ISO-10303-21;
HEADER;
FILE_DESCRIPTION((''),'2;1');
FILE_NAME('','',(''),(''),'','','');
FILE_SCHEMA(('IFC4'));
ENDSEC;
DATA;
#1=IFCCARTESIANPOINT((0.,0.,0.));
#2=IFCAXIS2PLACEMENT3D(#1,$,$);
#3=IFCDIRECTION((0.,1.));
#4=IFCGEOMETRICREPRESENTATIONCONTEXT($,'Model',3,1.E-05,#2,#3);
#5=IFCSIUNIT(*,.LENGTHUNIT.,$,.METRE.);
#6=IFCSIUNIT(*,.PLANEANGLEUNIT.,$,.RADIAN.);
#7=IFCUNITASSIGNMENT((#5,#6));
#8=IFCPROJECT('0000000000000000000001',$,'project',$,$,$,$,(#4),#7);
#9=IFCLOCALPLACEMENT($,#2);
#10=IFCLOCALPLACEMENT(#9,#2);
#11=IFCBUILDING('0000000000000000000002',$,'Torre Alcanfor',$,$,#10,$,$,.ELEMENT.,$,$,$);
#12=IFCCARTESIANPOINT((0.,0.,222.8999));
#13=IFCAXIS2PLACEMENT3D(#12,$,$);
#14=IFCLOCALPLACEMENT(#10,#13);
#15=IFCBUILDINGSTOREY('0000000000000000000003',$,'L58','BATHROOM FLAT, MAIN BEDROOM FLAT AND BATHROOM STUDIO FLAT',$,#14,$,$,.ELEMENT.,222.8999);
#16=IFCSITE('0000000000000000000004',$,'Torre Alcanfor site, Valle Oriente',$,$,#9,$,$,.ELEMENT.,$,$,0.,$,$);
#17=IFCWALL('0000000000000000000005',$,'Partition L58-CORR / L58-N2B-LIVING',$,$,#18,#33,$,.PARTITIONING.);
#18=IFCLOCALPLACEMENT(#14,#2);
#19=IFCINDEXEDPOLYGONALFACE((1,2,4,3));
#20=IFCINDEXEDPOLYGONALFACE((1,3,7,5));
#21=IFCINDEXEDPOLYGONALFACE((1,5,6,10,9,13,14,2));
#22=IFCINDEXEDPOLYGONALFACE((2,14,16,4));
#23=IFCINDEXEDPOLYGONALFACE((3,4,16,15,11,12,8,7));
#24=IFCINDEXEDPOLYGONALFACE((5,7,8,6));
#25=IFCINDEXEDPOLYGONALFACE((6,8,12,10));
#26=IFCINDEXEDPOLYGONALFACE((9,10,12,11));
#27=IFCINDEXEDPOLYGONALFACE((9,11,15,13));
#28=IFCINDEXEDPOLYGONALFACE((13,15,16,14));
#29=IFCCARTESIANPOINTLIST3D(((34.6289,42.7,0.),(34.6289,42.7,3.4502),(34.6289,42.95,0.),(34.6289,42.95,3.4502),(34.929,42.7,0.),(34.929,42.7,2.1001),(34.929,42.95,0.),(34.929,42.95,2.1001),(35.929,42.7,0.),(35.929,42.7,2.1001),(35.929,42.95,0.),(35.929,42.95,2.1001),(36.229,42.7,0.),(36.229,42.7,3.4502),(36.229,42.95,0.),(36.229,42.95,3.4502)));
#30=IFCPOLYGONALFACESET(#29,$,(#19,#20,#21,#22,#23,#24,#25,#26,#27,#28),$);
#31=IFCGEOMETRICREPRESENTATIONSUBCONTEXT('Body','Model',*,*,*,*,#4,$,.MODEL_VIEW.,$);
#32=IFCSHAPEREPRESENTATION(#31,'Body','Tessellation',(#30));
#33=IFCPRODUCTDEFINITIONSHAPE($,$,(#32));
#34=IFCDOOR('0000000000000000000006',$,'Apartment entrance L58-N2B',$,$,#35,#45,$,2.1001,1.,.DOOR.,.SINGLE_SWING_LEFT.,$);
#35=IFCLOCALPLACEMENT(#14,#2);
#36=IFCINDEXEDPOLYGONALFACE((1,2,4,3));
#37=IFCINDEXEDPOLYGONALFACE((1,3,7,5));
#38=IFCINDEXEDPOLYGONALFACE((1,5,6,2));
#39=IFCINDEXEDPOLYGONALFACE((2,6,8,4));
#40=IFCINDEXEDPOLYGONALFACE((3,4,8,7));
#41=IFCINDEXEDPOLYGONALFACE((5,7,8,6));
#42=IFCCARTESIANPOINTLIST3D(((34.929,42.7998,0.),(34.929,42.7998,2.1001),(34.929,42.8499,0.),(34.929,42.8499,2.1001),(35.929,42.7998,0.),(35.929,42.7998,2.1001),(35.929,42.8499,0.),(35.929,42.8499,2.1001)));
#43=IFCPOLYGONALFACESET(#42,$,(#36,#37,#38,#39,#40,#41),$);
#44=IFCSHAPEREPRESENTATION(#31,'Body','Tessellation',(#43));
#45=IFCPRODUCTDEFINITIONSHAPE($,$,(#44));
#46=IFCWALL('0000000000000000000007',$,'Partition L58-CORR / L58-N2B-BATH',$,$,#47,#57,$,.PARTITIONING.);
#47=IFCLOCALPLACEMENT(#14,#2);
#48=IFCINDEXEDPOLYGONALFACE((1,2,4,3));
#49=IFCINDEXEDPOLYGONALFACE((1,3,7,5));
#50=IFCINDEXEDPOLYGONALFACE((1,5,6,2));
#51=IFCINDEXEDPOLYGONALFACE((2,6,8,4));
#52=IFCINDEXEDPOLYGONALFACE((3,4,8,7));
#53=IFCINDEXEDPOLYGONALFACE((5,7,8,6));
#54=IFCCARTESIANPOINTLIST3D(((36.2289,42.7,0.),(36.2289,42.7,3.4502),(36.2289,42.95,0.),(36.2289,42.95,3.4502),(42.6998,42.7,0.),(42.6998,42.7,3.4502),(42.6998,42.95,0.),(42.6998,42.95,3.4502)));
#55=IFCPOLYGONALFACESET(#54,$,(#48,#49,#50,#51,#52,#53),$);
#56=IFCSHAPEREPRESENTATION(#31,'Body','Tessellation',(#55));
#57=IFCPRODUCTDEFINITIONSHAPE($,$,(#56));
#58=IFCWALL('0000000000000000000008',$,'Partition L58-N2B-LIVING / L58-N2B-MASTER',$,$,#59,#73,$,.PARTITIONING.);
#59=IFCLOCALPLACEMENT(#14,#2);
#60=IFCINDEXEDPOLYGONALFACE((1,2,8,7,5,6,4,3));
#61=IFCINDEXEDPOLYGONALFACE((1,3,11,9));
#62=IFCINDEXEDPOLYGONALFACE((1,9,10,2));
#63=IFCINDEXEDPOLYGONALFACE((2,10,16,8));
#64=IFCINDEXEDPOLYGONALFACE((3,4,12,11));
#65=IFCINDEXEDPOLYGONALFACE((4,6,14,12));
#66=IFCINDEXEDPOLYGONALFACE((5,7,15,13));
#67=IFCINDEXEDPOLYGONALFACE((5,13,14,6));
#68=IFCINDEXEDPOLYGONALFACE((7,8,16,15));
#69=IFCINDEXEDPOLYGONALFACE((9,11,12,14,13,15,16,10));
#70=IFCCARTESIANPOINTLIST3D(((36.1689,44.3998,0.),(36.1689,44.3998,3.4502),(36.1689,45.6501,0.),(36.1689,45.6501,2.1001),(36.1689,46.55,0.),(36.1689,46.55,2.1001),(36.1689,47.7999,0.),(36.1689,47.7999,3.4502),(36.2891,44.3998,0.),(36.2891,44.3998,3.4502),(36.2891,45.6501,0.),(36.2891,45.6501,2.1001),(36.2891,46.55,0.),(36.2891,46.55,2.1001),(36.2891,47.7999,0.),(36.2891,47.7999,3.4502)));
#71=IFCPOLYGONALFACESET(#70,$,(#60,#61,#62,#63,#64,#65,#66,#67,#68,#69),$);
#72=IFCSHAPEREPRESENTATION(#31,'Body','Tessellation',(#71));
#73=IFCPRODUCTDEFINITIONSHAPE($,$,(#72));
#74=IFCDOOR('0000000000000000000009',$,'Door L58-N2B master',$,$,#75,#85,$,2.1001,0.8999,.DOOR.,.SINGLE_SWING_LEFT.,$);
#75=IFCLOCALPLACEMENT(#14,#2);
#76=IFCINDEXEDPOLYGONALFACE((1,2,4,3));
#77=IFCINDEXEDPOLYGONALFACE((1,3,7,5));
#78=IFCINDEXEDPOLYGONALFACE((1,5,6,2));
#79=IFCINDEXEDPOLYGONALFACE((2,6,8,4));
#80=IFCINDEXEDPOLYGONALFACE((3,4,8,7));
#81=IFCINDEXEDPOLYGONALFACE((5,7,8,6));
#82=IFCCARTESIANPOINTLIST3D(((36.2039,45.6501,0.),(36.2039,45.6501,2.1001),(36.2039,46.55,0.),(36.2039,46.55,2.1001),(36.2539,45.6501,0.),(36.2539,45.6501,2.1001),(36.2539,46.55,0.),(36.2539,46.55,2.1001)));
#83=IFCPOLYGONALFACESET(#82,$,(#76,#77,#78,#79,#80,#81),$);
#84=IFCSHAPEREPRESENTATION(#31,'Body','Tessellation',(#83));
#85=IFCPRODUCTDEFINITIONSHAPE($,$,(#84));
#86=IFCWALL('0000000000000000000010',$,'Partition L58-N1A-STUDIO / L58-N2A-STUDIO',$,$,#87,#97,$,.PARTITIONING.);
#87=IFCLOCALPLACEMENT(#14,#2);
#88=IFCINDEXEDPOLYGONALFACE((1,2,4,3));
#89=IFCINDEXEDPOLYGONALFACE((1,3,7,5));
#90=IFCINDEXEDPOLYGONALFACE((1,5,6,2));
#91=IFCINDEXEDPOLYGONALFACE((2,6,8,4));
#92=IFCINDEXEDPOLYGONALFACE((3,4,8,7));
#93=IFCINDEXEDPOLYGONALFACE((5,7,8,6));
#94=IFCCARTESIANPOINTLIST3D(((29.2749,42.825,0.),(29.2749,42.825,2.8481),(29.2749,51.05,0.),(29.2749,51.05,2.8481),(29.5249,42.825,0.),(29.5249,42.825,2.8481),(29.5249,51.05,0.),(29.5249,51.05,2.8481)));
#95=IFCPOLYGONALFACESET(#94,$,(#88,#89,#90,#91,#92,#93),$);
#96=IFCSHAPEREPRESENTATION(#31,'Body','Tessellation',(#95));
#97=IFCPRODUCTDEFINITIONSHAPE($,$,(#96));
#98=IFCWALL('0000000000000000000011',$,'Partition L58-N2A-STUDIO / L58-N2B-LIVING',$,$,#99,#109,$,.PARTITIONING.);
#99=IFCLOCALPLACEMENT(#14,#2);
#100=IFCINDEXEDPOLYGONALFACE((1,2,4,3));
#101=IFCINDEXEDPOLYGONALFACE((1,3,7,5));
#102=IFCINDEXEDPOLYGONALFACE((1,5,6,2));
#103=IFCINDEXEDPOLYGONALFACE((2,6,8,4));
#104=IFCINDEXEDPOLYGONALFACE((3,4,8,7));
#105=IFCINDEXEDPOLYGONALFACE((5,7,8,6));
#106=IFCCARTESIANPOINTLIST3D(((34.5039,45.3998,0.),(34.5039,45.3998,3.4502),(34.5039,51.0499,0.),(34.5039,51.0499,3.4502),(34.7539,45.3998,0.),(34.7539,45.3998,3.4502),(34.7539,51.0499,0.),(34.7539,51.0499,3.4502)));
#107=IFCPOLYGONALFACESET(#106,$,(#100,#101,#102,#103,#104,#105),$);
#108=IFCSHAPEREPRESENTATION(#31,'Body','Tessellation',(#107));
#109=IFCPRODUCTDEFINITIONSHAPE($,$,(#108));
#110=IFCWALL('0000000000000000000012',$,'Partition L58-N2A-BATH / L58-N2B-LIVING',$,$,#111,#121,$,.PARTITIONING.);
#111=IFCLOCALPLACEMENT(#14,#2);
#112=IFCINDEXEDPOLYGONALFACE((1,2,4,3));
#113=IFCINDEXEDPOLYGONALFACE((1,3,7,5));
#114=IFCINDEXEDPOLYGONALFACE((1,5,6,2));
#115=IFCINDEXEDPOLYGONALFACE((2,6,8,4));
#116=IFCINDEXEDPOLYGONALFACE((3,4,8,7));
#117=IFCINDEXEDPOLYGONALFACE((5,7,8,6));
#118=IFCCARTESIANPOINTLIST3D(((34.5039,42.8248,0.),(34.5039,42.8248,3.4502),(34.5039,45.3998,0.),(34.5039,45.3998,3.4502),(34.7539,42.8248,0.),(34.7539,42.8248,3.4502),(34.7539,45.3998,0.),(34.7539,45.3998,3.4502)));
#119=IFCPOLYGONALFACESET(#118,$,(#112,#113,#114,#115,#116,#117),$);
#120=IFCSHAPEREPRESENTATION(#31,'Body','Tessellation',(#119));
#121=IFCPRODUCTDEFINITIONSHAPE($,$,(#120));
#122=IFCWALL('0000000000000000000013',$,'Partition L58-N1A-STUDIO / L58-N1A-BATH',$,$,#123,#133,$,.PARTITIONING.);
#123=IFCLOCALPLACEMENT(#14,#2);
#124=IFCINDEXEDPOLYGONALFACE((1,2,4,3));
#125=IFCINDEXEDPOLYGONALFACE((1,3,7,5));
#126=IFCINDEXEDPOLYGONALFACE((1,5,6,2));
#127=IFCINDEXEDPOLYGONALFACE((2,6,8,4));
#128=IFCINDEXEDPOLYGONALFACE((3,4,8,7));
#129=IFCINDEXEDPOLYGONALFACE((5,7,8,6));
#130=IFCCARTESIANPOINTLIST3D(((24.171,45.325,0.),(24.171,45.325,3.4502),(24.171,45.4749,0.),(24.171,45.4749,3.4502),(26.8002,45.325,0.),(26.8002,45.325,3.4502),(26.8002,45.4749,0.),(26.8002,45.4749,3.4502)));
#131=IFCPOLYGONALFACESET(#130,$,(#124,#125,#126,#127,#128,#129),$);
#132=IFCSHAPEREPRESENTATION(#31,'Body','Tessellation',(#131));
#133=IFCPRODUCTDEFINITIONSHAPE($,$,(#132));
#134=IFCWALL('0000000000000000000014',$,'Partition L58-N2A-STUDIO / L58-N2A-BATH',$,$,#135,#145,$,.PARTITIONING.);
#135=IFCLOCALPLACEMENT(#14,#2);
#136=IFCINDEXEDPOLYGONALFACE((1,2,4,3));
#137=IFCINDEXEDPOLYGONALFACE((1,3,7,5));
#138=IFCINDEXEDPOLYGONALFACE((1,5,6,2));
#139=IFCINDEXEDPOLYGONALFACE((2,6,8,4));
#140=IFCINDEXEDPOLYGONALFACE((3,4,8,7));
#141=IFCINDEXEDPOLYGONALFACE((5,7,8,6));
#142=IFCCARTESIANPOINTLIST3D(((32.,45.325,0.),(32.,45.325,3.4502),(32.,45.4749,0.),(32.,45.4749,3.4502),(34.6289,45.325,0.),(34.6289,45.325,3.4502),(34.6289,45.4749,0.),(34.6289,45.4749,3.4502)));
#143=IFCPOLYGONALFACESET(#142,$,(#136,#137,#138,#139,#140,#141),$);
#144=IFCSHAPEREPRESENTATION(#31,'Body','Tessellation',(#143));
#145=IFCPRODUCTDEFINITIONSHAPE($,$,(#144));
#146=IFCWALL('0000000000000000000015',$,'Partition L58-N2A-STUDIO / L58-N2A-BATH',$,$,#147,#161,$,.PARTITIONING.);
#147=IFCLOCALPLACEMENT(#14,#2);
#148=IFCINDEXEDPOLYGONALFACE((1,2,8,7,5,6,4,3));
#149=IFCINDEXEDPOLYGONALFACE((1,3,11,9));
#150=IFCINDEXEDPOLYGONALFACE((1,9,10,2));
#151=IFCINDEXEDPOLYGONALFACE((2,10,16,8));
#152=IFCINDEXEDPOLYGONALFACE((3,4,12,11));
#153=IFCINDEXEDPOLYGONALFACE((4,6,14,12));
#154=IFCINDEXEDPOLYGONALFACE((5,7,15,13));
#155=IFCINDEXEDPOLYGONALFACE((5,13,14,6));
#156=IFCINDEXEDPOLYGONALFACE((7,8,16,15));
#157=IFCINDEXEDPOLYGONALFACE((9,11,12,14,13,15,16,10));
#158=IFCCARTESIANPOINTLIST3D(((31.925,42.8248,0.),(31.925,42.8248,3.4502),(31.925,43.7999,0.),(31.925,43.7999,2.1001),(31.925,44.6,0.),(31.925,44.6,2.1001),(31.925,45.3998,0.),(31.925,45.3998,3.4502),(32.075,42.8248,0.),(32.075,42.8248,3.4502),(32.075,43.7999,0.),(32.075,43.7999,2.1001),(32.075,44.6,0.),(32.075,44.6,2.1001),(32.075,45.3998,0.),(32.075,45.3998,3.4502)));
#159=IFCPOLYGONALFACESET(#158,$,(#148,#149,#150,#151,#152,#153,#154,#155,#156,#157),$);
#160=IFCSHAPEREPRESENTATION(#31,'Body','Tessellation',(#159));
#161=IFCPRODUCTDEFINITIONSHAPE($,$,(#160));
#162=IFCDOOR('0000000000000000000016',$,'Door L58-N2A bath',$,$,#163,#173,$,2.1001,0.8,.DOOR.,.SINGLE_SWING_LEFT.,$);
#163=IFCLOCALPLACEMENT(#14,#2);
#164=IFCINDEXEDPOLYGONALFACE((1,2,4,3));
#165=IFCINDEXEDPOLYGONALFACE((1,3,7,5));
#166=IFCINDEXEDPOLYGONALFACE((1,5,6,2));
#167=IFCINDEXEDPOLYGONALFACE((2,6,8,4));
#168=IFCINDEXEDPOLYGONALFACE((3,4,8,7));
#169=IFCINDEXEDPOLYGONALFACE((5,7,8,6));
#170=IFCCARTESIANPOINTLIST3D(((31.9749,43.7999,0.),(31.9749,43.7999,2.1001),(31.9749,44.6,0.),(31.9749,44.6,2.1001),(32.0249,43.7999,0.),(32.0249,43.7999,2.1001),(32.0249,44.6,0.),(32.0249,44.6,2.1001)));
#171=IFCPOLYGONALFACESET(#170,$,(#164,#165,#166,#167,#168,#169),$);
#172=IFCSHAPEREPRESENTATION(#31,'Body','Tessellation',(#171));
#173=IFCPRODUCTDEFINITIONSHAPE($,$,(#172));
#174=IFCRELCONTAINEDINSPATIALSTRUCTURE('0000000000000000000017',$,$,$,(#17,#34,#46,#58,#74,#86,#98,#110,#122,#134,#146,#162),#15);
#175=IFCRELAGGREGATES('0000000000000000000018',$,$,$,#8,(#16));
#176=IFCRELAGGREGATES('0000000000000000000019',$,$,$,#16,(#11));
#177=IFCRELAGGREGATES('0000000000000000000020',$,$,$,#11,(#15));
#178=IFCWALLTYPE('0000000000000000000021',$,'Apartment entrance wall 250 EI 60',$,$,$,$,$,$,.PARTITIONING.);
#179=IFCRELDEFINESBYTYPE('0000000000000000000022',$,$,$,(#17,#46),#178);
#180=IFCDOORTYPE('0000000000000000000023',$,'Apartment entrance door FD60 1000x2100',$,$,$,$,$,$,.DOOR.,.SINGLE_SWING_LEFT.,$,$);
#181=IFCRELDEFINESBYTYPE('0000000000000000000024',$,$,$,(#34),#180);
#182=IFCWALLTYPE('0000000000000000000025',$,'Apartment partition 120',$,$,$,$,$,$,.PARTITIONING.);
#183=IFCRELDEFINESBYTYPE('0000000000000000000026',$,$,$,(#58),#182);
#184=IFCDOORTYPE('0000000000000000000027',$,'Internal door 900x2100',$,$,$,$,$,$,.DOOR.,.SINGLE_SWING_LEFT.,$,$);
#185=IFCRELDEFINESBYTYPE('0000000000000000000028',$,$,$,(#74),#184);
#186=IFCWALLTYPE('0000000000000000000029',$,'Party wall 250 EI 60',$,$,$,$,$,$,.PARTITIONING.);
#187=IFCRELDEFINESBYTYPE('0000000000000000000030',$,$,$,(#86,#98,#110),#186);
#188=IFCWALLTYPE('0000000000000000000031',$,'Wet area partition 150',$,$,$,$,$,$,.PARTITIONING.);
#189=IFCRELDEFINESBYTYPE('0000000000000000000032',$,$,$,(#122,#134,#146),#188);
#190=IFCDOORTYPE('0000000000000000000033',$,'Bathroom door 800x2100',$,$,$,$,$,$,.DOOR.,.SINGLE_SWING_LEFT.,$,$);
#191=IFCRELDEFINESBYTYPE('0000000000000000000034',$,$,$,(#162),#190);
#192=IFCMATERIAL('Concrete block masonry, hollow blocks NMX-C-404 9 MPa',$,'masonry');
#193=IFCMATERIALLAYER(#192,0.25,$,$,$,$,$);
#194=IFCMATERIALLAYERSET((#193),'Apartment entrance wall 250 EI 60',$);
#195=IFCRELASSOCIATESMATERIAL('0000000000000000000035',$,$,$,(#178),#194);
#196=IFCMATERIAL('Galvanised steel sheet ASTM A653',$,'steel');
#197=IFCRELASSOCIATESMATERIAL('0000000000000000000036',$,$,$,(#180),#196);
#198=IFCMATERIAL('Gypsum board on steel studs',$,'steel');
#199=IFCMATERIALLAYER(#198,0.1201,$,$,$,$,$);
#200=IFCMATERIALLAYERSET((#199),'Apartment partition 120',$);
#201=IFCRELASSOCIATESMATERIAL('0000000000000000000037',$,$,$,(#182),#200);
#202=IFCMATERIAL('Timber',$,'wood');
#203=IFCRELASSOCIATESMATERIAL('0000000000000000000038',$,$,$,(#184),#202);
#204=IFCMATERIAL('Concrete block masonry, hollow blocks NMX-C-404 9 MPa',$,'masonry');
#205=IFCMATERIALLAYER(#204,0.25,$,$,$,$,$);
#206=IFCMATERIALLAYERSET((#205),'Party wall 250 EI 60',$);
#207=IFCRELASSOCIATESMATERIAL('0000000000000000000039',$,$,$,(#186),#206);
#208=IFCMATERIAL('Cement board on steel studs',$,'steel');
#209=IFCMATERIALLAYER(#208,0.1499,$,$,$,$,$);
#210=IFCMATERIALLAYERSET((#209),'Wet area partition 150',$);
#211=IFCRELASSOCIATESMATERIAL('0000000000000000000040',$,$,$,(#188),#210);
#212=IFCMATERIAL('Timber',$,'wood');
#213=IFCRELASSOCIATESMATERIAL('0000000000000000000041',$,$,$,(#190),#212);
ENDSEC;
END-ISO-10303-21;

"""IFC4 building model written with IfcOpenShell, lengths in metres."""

from ifc_helpers import new_model, si_unit, direction, frame, frame_2d, origin, place, context, subcontext, project, spatial, rectangle, extrude, material, layer, layer_set, type_object, element, fill, save


model = new_model("IFC4")

# Units and contexts
model_context = context("Model", 3, precision=1e-05, world=origin(), true_north=direction((0.0, 1.0)))
body_context = subcontext(model_context, "Body", "Model", "MODEL_VIEW")
ifc_project = project(units=[si_unit("LENGTHUNIT", "METRE"), si_unit("PLANEANGLEUNIT", "RADIAN")], contexts=[model_context])

# Site, building, storey
site_placement = place(None, origin())
site = spatial("IfcSite", under=ifc_project, at=site_placement, Name="Torre Alcanfor site, Valle Oriente", CompositionType="ELEMENT", RefElevation=0.0)
building_placement = place(site_placement, origin())
building = spatial("IfcBuilding", under=site, at=building_placement, Name="Torre Alcanfor", CompositionType="ELEMENT")
storey_placement = place(building_placement, frame((0.0, 0.0, 222.8999)))
storey = spatial("IfcBuildingStorey", under=building, at=storey_placement, Name="L58", Description="BATHROOM FLAT, MAIN BEDROOM FLAT AND BATHROOM STUDIO FLAT", CompositionType="ELEMENT", Elevation=222.8999)

# Shared definitions
ifc_material_1 = material(Name="Concrete block masonry, hollow blocks NMX-C-404 9 MPa", Category="masonry")
ifc_layer_1 = layer(ifc_material_1, 0.25)
ifc_layer_set_1 = layer_set([ifc_layer_1], Name="Apartment entrance wall 250 EI 60")
wall_type_1 = type_object("IfcWallType", Name="Apartment entrance wall 250 EI 60", PredefinedType="PARTITIONING", material=ifc_layer_set_1)

# Wall, opening, door
wall_1_placement = place(storey_placement, frame((34.6289, 42.825, 0.0), z_axis=(0.0, 0.0, 1.0), x_axis=(1.0, 0.0, 0.0)))
wall_1 = element("IfcWall", 1, at=wall_1_placement, inside=storey, type_object=wall_type_1, Name="Partition L58-CORR / L58-N2B-LIVING", PredefinedType="PARTITIONING", context=body_context, shape_type="SweptSolid", body=[
    extrude(rectangle(XDim=1.6001, YDim=0.25, at=frame_2d((0.8, 0.0))), origin(), (0.0, 0.0, 1.0), 3.4502),
])
opening_1_placement = place(wall_1_placement, frame((0.3, 0.0, 0.0)))
opening_1 = element("IfcOpeningElement", 2, at=opening_1_placement, cuts=wall_1, PredefinedType="OPENING", context=body_context, shape_type="SweptSolid", body=[
    extrude(rectangle(XDim=1.0, YDim=2.1001, at=frame_2d((0.5, 1.05))), frame((0.0, 0.135, 0.0), z_axis=(0.0, -1.0, 0.0), x_axis=(1.0, 0.0, 0.0)), (0.0, 0.0, 1.0), 0.27),
])
ifc_material_2 = material(Name="Galvanised steel sheet ASTM A653", Category="steel")
door_type_1 = type_object("IfcDoorType", Name="Apartment entrance door FD60 1000x2100", OperationType="SINGLE_SWING_LEFT", PredefinedType="DOOR", material=ifc_material_2)
door_1_placement = place(opening_1_placement, origin())
door_1 = element("IfcDoor", 3, at=door_1_placement, inside=storey, type_object=door_type_1, Name="Apartment entrance L58-N2B", OperationType="SINGLE_SWING_LEFT", OverallHeight=2.1001, OverallWidth=1.0, PredefinedType="DOOR", context=body_context, shape_type="SweptSolid", body=[
    extrude(rectangle(XDim=1.0, YDim=2.1001, at=frame_2d((0.5, 1.05))), frame((0.0, 0.0249, 0.0), z_axis=(0.0, -1.0, 0.0), x_axis=(1.0, 0.0, 0.0)), (0.0, 0.0, 1.0), 0.05),
])
fill(opening_1, door_1)

# Wall
wall_2_placement = place(storey_placement, frame((36.229, 42.825, 0.0), z_axis=(0.0, 0.0, 1.0), x_axis=(1.0, 0.0, 0.0)))
element("IfcWall", 4, at=wall_2_placement, inside=storey, type_object=wall_type_1, Name="Partition L58-CORR / L58-N2B-BATH", PredefinedType="PARTITIONING", context=body_context, shape_type="SweptSolid", body=[
    extrude(rectangle(XDim=6.4709, YDim=0.25, at=frame_2d((3.2354, 0.0))), origin(), (0.0, 0.0, 1.0), 3.4502),
])

# Wall, opening, door
ifc_material_3 = material(Name="Gypsum board on steel studs", Category="steel")
ifc_layer_2 = layer(ifc_material_3, 0.1201)
ifc_layer_set_2 = layer_set([ifc_layer_2], Name="Apartment partition 120")
wall_type_2 = type_object("IfcWallType", Name="Apartment partition 120", PredefinedType="PARTITIONING", material=ifc_layer_set_2)
wall_3_placement = place(storey_placement, frame((36.229, 47.8, 0.0), z_axis=(0.0, 0.0, 1.0), x_axis=(0.0, -1.0, 0.0)))
wall_3 = element("IfcWall", 5, at=wall_3_placement, inside=storey, type_object=wall_type_2, Name="Partition L58-N2B-LIVING / L58-N2B-MASTER", PredefinedType="PARTITIONING", context=body_context, shape_type="SweptSolid", body=[
    extrude(rectangle(XDim=3.4001, YDim=0.1201, at=frame_2d((1.7002, 0.0))), origin(), (0.0, 0.0, 1.0), 3.4502),
])
opening_2_placement = place(wall_3_placement, frame((1.25, 0.0, 0.0)))
opening_2 = element("IfcOpeningElement", 6, at=opening_2_placement, cuts=wall_3, PredefinedType="OPENING", context=body_context, shape_type="SweptSolid", body=[
    extrude(rectangle(XDim=0.8999, YDim=2.1001, at=frame_2d((0.45, 1.05))), frame((0.0, 0.0701, 0.0), z_axis=(0.0, -1.0, 0.0), x_axis=(1.0, 0.0, 0.0)), (0.0, 0.0, 1.0), 0.1401),
])
ifc_material_4 = material(Name="Timber", Category="wood")
door_type_2 = type_object("IfcDoorType", Name="Internal door 900x2100", OperationType="SINGLE_SWING_LEFT", PredefinedType="DOOR", material=ifc_material_4)
door_2_placement = place(opening_2_placement, origin())
door_2 = element("IfcDoor", 7, at=door_2_placement, inside=storey, type_object=door_type_2, Name="Door L58-N2B master", OperationType="SINGLE_SWING_LEFT", OverallHeight=2.1001, OverallWidth=0.8999, PredefinedType="DOOR", context=body_context, shape_type="SweptSolid", body=[
    extrude(rectangle(XDim=0.8999, YDim=2.1001, at=frame_2d((0.45, 1.05))), frame((0.0, 0.0249, 0.0), z_axis=(0.0, -1.0, 0.0), x_axis=(1.0, 0.0, 0.0)), (0.0, 0.0, 1.0), 0.05),
])
fill(opening_2, door_2)

# Walls
ifc_material_5 = material(Name="Concrete block masonry, hollow blocks NMX-C-404 9 MPa", Category="masonry")
ifc_layer_3 = layer(ifc_material_5, 0.25)
ifc_layer_set_3 = layer_set([ifc_layer_3], Name="Party wall 250 EI 60")
wall_type_3 = type_object("IfcWallType", Name="Party wall 250 EI 60", PredefinedType="PARTITIONING", material=ifc_layer_set_3)
wall_4_placement = place(storey_placement, frame((29.3999, 51.05, 0.0), z_axis=(0.0, 0.0, 1.0), x_axis=(0.0, -1.0, 0.0)))
element("IfcWall", 8, at=wall_4_placement, inside=storey, type_object=wall_type_3, Name="Partition L58-N1A-STUDIO / L58-N2A-STUDIO", PredefinedType="PARTITIONING", context=body_context, shape_type="SweptSolid", body=[
    extrude(rectangle(XDim=8.2251, YDim=0.25, at=frame_2d((4.1125, 0.0))), origin(), (0.0, 0.0, 1.0), 2.8481),
])
wall_5_placement = place(storey_placement, frame((34.6289, 51.05, 0.0), z_axis=(0.0, 0.0, 1.0), x_axis=(0.0, -1.0, 0.0)))
element("IfcWall", 9, at=wall_5_placement, inside=storey, type_object=wall_type_3, Name="Partition L58-N2A-STUDIO / L58-N2B-LIVING", PredefinedType="PARTITIONING", context=body_context, shape_type="SweptSolid", body=[
    extrude(rectangle(XDim=5.6501, YDim=0.25, at=frame_2d((2.8252, 0.0))), origin(), (0.0, 0.0, 1.0), 3.4502),
])
wall_6_placement = place(storey_placement, frame((34.6289, 45.3999, 0.0), z_axis=(0.0, 0.0, 1.0), x_axis=(0.0, -1.0, 0.0)))
element("IfcWall", 10, at=wall_6_placement, inside=storey, type_object=wall_type_3, Name="Partition L58-N2A-BATH / L58-N2B-LIVING", PredefinedType="PARTITIONING", context=body_context, shape_type="SweptSolid", body=[
    extrude(rectangle(XDim=2.575, YDim=0.25, at=frame_2d((1.2876, 0.0))), origin(), (0.0, 0.0, 1.0), 3.4502),
])
ifc_material_6 = material(Name="Cement board on steel studs", Category="steel")
ifc_layer_4 = layer(ifc_material_6, 0.1499)
ifc_layer_set_4 = layer_set([ifc_layer_4], Name="Wet area partition 150")
wall_type_4 = type_object("IfcWallType", Name="Wet area partition 150", PredefinedType="PARTITIONING", material=ifc_layer_set_4)
wall_7_placement = place(storey_placement, frame((26.8, 45.3999, 0.0), z_axis=(0.0, 0.0, 1.0), x_axis=(-1.0, 0.0, 0.0)))
element("IfcWall", 11, at=wall_7_placement, inside=storey, type_object=wall_type_4, Name="Partition L58-N1A-STUDIO / L58-N1A-BATH", PredefinedType="PARTITIONING", context=body_context, shape_type="SweptSolid", body=[
    extrude(rectangle(XDim=2.6292, YDim=0.1499, at=frame_2d((1.3145, 0.0))), origin(), (0.0, 0.0, 1.0), 3.4502),
])
wall_8_placement = place(storey_placement, frame((34.6289, 45.3999, 0.0), z_axis=(0.0, 0.0, 1.0), x_axis=(-1.0, 0.0, 0.0)))
element("IfcWall", 12, at=wall_8_placement, inside=storey, type_object=wall_type_4, Name="Partition L58-N2A-STUDIO / L58-N2A-BATH", PredefinedType="PARTITIONING", context=body_context, shape_type="SweptSolid", body=[
    extrude(rectangle(XDim=2.6289, YDim=0.1499, at=frame_2d((1.3145, 0.0))), origin(), (0.0, 0.0, 1.0), 3.4502),
])

# Wall, opening, door
wall_9_placement = place(storey_placement, frame((32.0, 45.3999, 0.0), z_axis=(0.0, 0.0, 1.0), x_axis=(0.0, -1.0, 0.0)))
wall_9 = element("IfcWall", 13, at=wall_9_placement, inside=storey, type_object=wall_type_4, Name="Partition L58-N2A-STUDIO / L58-N2A-BATH", PredefinedType="PARTITIONING", context=body_context, shape_type="SweptSolid", body=[
    extrude(rectangle(XDim=2.575, YDim=0.1499, at=frame_2d((1.2876, 0.0))), origin(), (0.0, 0.0, 1.0), 3.4502),
])
opening_3_placement = place(wall_9_placement, frame((0.8, 0.0, 0.0)))
opening_3 = element("IfcOpeningElement", 14, at=opening_3_placement, cuts=wall_9, PredefinedType="OPENING", context=body_context, shape_type="SweptSolid", body=[
    extrude(rectangle(XDim=0.8, YDim=2.1001, at=frame_2d((0.3999, 1.05))), frame((0.0, 0.085, 0.0), z_axis=(0.0, -1.0, 0.0), x_axis=(1.0, 0.0, 0.0)), (0.0, 0.0, 1.0), 0.1699),
])
ifc_material_7 = material(Name="Timber", Category="wood")
door_type_3 = type_object("IfcDoorType", Name="Bathroom door 800x2100", OperationType="SINGLE_SWING_LEFT", PredefinedType="DOOR", material=ifc_material_7)
door_3_placement = place(opening_3_placement, origin())
door_3 = element("IfcDoor", 15, at=door_3_placement, inside=storey, type_object=door_type_3, Name="Door L58-N2A bath", OperationType="SINGLE_SWING_LEFT", OverallHeight=2.1001, OverallWidth=0.8, PredefinedType="DOOR", context=body_context, shape_type="SweptSolid", body=[
    extrude(rectangle(XDim=0.8, YDim=2.1001, at=frame_2d((0.3999, 1.05))), frame((0.0, 0.0249, 0.0), z_axis=(0.0, -1.0, 0.0), x_axis=(1.0, 0.0, 0.0)), (0.0, 0.0, 1.0), 0.05),
])
fill(opening_3, door_3)

save(model, "model.ifc")
